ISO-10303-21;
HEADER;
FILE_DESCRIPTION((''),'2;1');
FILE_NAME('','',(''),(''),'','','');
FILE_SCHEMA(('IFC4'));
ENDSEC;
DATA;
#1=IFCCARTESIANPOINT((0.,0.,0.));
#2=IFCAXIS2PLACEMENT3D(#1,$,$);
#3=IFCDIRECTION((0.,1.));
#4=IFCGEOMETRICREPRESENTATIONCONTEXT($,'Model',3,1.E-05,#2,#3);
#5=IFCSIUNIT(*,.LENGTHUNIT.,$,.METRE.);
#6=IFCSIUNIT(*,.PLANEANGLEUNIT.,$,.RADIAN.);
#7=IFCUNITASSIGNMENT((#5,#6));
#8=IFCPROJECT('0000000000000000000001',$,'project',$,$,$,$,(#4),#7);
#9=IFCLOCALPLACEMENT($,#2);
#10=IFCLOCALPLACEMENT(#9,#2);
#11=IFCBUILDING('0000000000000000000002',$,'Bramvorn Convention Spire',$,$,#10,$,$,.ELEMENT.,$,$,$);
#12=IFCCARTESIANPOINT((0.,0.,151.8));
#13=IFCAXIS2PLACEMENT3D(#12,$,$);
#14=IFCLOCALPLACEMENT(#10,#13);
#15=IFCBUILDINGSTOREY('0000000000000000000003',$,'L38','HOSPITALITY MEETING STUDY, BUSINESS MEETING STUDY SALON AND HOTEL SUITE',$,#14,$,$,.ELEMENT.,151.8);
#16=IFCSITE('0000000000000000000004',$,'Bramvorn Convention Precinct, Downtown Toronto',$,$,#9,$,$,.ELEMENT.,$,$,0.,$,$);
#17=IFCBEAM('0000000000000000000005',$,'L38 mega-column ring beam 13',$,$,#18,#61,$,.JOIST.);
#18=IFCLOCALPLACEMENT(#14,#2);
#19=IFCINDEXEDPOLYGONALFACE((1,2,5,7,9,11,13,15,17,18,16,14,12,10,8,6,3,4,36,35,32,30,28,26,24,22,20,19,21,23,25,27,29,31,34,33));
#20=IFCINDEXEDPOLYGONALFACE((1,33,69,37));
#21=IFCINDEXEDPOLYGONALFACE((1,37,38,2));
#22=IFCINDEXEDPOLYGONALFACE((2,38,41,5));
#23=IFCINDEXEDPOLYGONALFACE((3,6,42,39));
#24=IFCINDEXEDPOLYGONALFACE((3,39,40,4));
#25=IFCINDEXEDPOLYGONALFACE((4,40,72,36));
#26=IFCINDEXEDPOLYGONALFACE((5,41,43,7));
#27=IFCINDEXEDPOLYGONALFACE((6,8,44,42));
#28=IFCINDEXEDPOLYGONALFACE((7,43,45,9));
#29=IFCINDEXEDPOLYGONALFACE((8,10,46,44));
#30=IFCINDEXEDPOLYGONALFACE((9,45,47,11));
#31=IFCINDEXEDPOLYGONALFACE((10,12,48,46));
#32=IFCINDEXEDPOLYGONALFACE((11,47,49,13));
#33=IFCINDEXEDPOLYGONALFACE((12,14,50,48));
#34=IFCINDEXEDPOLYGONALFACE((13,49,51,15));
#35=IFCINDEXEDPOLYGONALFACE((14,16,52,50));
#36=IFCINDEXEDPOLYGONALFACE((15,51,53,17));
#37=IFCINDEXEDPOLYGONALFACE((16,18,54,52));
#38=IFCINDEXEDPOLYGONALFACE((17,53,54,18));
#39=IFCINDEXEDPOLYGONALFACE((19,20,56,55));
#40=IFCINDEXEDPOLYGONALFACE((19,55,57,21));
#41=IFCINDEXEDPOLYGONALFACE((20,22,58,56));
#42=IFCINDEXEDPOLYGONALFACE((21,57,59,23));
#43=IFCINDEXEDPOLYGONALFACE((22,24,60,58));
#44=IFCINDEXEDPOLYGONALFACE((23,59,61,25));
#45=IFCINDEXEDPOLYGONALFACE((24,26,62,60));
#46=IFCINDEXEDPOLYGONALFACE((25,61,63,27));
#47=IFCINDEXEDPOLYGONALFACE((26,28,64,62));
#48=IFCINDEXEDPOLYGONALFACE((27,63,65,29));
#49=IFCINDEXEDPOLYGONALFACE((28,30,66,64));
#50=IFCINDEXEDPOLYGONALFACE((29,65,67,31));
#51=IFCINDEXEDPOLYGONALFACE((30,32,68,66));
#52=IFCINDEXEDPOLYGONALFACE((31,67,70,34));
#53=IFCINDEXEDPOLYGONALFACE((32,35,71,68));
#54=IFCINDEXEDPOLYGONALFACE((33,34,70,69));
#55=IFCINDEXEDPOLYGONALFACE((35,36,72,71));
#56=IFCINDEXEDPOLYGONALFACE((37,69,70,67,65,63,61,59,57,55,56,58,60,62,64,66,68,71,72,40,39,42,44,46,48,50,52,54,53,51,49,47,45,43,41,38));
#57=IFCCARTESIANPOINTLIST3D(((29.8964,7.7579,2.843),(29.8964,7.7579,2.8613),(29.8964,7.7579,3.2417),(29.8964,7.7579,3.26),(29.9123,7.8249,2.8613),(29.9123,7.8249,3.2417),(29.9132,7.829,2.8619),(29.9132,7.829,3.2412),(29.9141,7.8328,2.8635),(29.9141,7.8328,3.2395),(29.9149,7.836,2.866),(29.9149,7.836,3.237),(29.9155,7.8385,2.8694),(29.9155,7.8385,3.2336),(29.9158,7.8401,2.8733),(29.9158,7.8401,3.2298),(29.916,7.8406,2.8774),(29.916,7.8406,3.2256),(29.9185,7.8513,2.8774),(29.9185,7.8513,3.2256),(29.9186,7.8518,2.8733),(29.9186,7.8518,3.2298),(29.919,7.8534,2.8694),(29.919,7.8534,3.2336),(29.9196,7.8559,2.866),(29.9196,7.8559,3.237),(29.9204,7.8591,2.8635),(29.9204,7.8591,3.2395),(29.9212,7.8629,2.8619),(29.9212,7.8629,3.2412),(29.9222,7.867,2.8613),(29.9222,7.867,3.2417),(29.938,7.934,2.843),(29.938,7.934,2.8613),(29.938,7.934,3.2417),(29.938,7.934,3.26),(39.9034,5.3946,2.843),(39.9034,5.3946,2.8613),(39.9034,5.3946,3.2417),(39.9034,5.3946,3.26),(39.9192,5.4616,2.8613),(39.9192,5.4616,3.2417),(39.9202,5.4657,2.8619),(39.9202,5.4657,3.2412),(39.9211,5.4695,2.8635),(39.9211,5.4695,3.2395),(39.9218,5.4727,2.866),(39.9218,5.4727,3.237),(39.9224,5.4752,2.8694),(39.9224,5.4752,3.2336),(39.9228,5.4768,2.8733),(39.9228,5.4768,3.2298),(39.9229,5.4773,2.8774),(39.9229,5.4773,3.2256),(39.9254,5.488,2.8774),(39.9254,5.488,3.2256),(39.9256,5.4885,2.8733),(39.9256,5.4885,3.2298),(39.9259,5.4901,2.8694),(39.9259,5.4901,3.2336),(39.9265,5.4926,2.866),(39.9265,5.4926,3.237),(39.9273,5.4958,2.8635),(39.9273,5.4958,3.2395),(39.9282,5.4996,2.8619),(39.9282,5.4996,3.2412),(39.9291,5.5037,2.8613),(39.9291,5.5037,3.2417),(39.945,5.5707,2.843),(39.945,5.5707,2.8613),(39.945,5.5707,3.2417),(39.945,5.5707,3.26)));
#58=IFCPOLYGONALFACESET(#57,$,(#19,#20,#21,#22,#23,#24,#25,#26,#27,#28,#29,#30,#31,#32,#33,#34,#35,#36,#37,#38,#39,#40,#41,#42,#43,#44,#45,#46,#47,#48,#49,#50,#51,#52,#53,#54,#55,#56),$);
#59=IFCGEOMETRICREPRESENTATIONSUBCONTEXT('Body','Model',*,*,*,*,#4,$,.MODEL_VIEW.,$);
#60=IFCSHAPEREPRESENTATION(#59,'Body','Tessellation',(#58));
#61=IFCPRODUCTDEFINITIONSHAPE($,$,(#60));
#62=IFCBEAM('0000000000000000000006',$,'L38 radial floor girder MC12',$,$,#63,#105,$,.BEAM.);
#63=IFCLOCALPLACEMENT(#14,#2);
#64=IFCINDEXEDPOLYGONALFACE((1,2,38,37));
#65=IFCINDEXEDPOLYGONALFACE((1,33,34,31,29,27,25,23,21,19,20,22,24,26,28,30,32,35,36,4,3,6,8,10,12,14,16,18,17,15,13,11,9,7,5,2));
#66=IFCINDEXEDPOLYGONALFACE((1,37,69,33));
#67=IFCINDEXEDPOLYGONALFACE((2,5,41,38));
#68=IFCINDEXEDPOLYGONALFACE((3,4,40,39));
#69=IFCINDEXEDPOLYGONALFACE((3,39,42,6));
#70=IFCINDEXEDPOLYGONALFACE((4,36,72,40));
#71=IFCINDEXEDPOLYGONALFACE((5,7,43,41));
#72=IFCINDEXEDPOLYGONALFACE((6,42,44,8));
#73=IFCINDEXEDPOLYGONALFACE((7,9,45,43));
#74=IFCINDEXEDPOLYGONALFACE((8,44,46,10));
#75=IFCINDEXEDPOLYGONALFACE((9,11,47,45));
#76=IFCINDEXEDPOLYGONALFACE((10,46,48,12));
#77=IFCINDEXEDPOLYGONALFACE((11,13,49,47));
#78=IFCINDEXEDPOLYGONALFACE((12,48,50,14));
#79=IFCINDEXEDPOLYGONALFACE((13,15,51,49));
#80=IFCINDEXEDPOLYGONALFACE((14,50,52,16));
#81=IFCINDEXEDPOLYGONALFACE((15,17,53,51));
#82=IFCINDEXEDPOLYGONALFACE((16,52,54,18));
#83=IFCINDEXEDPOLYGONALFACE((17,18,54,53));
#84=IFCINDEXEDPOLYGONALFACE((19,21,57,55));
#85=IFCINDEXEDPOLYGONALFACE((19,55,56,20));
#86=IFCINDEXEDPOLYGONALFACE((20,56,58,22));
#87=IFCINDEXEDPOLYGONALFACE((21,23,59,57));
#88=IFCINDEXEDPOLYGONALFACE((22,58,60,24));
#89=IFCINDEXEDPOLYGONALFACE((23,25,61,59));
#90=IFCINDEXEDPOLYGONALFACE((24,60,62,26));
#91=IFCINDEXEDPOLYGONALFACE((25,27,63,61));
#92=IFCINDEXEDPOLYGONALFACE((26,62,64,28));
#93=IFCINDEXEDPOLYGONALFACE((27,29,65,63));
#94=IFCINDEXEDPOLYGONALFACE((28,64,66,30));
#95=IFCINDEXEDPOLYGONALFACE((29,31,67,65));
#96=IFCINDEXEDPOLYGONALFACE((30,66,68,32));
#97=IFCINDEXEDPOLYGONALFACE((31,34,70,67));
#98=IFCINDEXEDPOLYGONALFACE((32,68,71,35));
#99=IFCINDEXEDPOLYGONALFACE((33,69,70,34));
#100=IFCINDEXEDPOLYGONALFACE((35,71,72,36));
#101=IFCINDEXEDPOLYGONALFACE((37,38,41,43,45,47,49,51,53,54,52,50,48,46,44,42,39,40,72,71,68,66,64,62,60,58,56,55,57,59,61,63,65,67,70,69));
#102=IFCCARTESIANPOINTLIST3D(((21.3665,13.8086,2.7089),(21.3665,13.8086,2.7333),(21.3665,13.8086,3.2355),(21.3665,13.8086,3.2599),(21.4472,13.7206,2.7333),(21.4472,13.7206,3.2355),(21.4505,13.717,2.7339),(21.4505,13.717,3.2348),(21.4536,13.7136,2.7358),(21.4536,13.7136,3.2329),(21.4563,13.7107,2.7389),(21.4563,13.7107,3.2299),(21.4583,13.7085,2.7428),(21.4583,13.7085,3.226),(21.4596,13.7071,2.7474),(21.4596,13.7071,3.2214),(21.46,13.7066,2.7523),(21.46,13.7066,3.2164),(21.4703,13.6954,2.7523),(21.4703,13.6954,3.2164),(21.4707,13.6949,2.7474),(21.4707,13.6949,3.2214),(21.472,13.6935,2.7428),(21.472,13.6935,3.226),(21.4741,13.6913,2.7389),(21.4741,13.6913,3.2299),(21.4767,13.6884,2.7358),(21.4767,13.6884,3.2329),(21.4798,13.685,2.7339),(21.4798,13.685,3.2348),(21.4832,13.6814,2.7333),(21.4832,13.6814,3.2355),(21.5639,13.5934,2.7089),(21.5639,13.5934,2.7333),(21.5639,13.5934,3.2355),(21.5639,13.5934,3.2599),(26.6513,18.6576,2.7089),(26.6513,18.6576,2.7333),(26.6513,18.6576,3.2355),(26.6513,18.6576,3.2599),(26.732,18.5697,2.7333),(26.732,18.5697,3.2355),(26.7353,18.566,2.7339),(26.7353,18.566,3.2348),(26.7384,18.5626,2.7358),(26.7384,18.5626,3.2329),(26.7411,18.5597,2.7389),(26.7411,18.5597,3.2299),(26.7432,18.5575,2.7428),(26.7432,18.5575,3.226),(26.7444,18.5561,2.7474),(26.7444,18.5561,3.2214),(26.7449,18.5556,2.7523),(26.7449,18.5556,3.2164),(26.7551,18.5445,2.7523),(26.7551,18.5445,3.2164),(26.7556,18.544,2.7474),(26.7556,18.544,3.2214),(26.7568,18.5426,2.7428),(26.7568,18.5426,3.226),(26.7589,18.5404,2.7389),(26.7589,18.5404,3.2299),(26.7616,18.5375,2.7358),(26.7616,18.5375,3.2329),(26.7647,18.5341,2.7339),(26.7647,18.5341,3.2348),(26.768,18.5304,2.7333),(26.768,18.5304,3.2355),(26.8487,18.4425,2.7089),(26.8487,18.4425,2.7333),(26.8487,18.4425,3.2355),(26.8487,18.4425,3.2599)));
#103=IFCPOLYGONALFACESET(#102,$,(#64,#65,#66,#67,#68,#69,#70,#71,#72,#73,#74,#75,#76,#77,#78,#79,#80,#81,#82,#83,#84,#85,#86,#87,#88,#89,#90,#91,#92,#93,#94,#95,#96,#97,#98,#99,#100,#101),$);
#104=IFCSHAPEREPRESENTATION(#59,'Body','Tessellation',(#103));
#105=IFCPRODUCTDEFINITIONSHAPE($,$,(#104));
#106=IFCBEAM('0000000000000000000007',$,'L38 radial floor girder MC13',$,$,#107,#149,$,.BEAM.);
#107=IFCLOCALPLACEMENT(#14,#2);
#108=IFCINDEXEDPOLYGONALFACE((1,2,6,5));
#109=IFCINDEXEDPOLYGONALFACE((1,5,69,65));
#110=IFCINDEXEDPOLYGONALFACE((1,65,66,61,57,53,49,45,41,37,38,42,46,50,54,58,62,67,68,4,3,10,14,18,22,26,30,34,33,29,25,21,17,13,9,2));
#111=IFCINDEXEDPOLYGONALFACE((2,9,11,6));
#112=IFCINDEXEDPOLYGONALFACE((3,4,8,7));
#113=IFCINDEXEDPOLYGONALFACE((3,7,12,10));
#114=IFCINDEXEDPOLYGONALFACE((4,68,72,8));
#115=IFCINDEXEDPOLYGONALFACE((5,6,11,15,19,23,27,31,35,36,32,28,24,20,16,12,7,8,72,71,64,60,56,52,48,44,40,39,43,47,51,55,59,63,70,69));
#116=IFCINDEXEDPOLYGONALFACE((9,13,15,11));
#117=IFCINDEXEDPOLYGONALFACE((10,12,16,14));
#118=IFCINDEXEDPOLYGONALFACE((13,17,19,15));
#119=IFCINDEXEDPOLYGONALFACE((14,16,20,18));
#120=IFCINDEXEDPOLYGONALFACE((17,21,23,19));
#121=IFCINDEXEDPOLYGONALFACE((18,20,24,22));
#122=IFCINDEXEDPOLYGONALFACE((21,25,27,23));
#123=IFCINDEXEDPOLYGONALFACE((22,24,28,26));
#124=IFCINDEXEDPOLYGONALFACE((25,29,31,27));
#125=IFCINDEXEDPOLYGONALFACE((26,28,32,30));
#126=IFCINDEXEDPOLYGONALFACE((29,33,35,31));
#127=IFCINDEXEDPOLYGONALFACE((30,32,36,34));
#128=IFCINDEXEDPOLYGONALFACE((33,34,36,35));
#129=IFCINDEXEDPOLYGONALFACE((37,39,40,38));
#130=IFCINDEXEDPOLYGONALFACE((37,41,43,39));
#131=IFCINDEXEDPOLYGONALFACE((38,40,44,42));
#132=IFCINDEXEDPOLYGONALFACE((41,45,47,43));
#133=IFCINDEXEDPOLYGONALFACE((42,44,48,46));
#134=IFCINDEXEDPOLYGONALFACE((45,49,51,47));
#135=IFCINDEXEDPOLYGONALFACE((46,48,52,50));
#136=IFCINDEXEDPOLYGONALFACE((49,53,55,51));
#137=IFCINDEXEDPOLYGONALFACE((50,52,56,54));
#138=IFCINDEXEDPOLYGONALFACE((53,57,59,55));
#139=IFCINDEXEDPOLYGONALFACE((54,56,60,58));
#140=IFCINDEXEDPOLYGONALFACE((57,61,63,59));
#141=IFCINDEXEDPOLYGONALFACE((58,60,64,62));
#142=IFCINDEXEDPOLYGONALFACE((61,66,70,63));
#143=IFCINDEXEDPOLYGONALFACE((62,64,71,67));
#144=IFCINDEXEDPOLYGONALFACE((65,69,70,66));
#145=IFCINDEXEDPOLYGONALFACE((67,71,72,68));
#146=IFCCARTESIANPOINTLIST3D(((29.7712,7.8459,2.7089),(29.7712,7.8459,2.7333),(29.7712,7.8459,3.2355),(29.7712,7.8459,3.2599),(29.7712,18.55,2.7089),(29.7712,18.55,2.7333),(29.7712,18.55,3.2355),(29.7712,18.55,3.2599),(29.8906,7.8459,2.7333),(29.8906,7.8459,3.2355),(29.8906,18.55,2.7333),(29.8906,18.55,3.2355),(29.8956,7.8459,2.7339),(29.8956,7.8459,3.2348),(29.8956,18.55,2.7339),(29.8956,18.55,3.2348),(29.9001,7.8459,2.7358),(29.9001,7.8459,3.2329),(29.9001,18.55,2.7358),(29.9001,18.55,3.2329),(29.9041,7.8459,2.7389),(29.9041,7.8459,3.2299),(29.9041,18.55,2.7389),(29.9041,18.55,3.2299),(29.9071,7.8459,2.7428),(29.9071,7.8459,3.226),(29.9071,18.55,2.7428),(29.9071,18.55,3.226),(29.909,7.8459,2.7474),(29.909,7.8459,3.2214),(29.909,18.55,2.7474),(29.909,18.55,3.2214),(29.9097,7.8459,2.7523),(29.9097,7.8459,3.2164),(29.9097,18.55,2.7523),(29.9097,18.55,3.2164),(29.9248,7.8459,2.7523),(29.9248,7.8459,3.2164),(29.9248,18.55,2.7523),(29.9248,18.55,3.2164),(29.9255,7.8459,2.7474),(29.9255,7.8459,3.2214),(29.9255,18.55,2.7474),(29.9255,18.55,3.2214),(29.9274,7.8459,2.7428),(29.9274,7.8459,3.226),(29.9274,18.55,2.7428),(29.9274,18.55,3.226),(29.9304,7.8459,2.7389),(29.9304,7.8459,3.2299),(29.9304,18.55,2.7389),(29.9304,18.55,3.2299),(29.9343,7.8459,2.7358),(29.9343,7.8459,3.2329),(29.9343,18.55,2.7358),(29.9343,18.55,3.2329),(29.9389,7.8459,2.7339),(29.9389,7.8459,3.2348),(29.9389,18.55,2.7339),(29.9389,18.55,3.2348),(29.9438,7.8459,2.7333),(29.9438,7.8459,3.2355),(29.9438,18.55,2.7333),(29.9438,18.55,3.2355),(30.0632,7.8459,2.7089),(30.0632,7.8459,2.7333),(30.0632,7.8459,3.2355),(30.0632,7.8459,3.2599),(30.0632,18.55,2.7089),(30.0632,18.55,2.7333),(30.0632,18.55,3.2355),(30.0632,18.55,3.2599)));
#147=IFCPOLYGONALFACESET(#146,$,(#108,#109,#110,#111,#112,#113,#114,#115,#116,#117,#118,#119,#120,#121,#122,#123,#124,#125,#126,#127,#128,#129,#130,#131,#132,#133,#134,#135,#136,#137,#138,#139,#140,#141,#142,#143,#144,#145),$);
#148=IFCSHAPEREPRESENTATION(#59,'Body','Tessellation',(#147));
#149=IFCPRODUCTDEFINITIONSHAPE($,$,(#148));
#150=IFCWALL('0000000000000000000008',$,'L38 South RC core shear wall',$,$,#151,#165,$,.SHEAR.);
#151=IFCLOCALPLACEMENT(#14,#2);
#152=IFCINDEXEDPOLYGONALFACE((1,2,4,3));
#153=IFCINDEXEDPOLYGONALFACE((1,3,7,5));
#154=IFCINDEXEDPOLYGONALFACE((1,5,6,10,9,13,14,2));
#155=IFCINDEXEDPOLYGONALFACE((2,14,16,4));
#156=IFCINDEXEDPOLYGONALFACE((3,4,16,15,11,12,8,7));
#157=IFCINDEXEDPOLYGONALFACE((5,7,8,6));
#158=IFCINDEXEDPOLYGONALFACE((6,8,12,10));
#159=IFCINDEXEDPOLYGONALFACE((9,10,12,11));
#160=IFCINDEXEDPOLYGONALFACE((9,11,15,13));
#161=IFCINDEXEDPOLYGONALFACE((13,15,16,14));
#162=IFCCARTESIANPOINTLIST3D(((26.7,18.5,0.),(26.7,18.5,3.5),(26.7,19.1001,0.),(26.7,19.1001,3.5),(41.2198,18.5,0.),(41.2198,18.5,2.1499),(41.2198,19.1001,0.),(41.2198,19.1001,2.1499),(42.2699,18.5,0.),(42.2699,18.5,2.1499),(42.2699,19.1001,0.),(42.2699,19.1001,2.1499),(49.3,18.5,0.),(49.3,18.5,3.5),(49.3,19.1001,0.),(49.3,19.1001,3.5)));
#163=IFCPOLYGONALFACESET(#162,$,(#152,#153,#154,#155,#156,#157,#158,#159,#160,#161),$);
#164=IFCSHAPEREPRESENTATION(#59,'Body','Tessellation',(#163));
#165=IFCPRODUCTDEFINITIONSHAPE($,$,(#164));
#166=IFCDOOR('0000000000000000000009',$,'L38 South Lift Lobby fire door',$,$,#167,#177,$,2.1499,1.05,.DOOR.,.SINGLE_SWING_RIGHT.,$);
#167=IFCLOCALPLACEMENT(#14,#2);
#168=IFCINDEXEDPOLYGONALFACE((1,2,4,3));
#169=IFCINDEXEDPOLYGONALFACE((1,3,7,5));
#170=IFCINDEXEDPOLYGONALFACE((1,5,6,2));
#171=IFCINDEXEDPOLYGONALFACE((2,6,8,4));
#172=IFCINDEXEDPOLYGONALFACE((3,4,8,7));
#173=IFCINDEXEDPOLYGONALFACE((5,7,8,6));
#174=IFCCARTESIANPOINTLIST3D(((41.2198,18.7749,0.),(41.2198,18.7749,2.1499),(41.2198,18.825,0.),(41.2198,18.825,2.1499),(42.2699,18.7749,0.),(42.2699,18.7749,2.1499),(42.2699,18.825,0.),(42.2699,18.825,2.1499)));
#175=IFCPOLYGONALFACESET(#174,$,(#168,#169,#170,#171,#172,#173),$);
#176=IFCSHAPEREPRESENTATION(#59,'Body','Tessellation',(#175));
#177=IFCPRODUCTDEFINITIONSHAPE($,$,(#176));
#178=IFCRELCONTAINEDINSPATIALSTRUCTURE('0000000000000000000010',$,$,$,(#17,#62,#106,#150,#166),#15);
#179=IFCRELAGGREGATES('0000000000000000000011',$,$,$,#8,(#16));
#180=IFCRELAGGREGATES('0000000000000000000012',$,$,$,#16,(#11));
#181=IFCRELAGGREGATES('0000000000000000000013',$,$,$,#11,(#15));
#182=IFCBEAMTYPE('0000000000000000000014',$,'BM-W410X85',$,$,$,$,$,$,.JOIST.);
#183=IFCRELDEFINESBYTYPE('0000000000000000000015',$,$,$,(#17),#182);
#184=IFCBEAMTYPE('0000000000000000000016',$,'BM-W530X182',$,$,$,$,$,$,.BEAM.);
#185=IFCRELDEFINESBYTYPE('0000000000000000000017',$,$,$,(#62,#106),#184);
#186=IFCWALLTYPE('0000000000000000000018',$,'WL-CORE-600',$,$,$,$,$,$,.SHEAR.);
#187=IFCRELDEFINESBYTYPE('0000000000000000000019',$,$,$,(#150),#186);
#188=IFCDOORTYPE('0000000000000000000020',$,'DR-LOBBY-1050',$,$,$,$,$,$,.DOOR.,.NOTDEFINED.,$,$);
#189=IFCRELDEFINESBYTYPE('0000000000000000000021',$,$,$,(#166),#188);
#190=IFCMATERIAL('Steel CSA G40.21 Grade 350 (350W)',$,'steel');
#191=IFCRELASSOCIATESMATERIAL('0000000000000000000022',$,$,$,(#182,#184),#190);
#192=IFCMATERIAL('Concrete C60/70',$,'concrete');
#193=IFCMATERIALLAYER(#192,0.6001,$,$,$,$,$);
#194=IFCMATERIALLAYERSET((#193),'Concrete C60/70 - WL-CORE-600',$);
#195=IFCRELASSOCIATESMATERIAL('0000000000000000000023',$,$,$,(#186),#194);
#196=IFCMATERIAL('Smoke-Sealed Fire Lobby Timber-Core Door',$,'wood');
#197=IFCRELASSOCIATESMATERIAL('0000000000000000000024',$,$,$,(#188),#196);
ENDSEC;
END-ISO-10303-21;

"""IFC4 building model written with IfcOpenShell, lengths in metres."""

from ifc_helpers import new_model, si_unit, direction, frame, frame_2d, origin, origin_2d, place, context, subcontext, project, spatial, rectangle, i_section, extrude, material, layer, layer_set, material_profile, profile_set, type_object, element, fill, save


model = new_model("IFC4")

# Units and contexts
model_context = context("Model", 3, precision=1e-05, world=origin(), true_north=direction((0.0, 1.0)))
body_context = subcontext(model_context, "Body", "Model", "MODEL_VIEW")
ifc_project = project(units=[si_unit("LENGTHUNIT", "METRE"), si_unit("PLANEANGLEUNIT", "RADIAN")], contexts=[model_context])

# Site, building, storey
site_placement = place(None, origin())
site = spatial("IfcSite", under=ifc_project, at=site_placement, Name="Bramvorn Convention Precinct, Downtown Toronto", CompositionType="ELEMENT", RefElevation=0.0)
building_placement = place(site_placement, origin())
building = spatial("IfcBuilding", under=site, at=building_placement, Name="Bramvorn Convention Spire", CompositionType="ELEMENT")
storey_placement = place(building_placement, frame((0.0, 0.0, 151.8)))
storey = spatial("IfcBuildingStorey", under=building, at=storey_placement, Name="L38", Description="HOSPITALITY MEETING STUDY, BUSINESS MEETING STUDY SALON AND HOTEL SUITE", CompositionType="ELEMENT", Elevation=151.8)

# Shared definitions
ifc_material_1 = material(Name="Steel CSA G40.21 Grade 350 (350W)", Category="steel")

# Beams
ifc_material_profile_1 = material_profile(ifc_material_1, i_section(OverallWidth=0.1809, OverallDepth=0.417, WebThickness=0.011, FlangeThickness=0.0183, FilletRadius=0.0161, at=origin_2d()))
ifc_profile_set_1 = profile_set([ifc_material_profile_1], Name="Steel CSA G40.21 Grade 350 (350W) - W410X85")
beam_type_1 = type_object("IfcBeamType", Name="BM-W410X85", PredefinedType="JOIST", material=ifc_profile_set_1)
beam_1_placement = place(storey_placement, frame((29.9172, 7.8459, 3.0515), z_axis=(0.973228, -0.229844, 0.0), x_axis=(0.229844, 0.973228, 0.0)))
element("IfcBeam", 1, at=beam_1_placement, inside=storey, type_object=beam_type_1, Name="L38 mega-column ring beam 13", PredefinedType="JOIST", context=body_context, shape_type="SweptSolid", body=[
    extrude(i_section(OverallWidth=0.1809, OverallDepth=0.417, WebThickness=0.011, FlangeThickness=0.0183, FilletRadius=0.0161, at=origin_2d()), origin(), (0.0, 0.0, 1.0), 10.2822),
])
ifc_material_profile_2 = material_profile(ifc_material_1, i_section(OverallWidth=0.292, OverallDepth=0.551, WebThickness=0.0151, FlangeThickness=0.0244, FilletRadius=0.019, at=origin_2d()))
ifc_profile_set_2 = profile_set([ifc_material_profile_2], Name="Steel CSA G40.21 Grade 350 (350W) - W530X182")
beam_type_2 = type_object("IfcBeamType", Name="BM-W530X182", PredefinedType="BEAM", material=ifc_profile_set_2)
beam_2_placement = place(storey_placement, frame((26.75, 18.55, 2.9844), z_axis=(-0.736833, -0.676074, 0.0), x_axis=(0.676074, -0.736833, 0.0)))
element("IfcBeam", 2, at=beam_2_placement, inside=storey, type_object=beam_type_2, Name="L38 radial floor girder MC12", PredefinedType="BEAM", context=body_context, shape_type="SweptSolid", body=[
    extrude(i_section(OverallWidth=0.292, OverallDepth=0.551, WebThickness=0.0151, FlangeThickness=0.0244, FilletRadius=0.019, at=origin_2d()), origin(), (0.0, 0.0, 1.0), 7.1724),
])
beam_3_placement = place(storey_placement, frame((29.9172, 18.55, 2.9844), z_axis=(0.0, -1.0, 0.0), x_axis=(1.0, 0.0, 0.0)))
element("IfcBeam", 3, at=beam_3_placement, inside=storey, type_object=beam_type_2, Name="L38 radial floor girder MC13", PredefinedType="BEAM", context=body_context, shape_type="SweptSolid", body=[
    extrude(i_section(OverallWidth=0.292, OverallDepth=0.551, WebThickness=0.0151, FlangeThickness=0.0244, FilletRadius=0.019, at=origin_2d()), origin(), (0.0, 0.0, 1.0), 10.7041),
])

# Wall, opening, door
ifc_material_2 = material(Name="Concrete C60/70", Category="concrete")
ifc_layer_1 = layer(ifc_material_2, 0.6001)
ifc_layer_set_1 = layer_set([ifc_layer_1], Name="Concrete C60/70 - WL-CORE-600")
wall_type_1 = type_object("IfcWallType", Name="WL-CORE-600", PredefinedType="SHEAR", material=ifc_layer_set_1)
wall_1_placement = place(storey_placement, frame((26.7, 18.8, 0.0), z_axis=(0.0, 0.0, 1.0), x_axis=(1.0, 0.0, 0.0)))
wall_1 = element("IfcWall", 4, at=wall_1_placement, inside=storey, type_object=wall_type_1, Name="L38 South RC core shear wall", PredefinedType="SHEAR", context=body_context, shape_type="SweptSolid", body=[
    extrude(rectangle(XDim=22.6001, YDim=0.6001, at=frame_2d((11.3, 0.0))), origin(), (0.0, 0.0, 1.0), 3.5),
])
opening_1_placement = place(wall_1_placement, frame((14.52, 0.0, 0.0)))
opening_1 = element("IfcOpeningElement", 5, at=opening_1_placement, cuts=wall_1, PredefinedType="OPENING", context=body_context, shape_type="SweptSolid", body=[
    extrude(rectangle(XDim=1.05, YDim=2.1499, at=frame_2d((0.5249, 1.075))), frame((0.0, 0.3101, 0.0), z_axis=(0.0, -1.0, 0.0), x_axis=(1.0, 0.0, 0.0)), (0.0, 0.0, 1.0), 0.6201),
])
ifc_material_3 = material(Name="Smoke-Sealed Fire Lobby Timber-Core Door", Category="wood")
door_type_1 = type_object("IfcDoorType", Name="DR-LOBBY-1050", OperationType="NOTDEFINED", PredefinedType="DOOR", material=ifc_material_3)
door_1_placement = place(opening_1_placement, origin())
door_1 = element("IfcDoor", 6, at=door_1_placement, inside=storey, type_object=door_type_1, Name="L38 South Lift Lobby fire door", OperationType="SINGLE_SWING_RIGHT", OverallHeight=2.1499, OverallWidth=1.05, PredefinedType="DOOR", context=body_context, shape_type="SweptSolid", body=[
    extrude(rectangle(XDim=1.05, YDim=2.1499, at=frame_2d((0.5249, 1.075))), frame((0.0, 0.0249, 0.0), z_axis=(0.0, -1.0, 0.0), x_axis=(1.0, 0.0, 0.0)), (0.0, 0.0, 1.0), 0.05),
])
fill(opening_1, door_1)

save(model, "model.ifc")
